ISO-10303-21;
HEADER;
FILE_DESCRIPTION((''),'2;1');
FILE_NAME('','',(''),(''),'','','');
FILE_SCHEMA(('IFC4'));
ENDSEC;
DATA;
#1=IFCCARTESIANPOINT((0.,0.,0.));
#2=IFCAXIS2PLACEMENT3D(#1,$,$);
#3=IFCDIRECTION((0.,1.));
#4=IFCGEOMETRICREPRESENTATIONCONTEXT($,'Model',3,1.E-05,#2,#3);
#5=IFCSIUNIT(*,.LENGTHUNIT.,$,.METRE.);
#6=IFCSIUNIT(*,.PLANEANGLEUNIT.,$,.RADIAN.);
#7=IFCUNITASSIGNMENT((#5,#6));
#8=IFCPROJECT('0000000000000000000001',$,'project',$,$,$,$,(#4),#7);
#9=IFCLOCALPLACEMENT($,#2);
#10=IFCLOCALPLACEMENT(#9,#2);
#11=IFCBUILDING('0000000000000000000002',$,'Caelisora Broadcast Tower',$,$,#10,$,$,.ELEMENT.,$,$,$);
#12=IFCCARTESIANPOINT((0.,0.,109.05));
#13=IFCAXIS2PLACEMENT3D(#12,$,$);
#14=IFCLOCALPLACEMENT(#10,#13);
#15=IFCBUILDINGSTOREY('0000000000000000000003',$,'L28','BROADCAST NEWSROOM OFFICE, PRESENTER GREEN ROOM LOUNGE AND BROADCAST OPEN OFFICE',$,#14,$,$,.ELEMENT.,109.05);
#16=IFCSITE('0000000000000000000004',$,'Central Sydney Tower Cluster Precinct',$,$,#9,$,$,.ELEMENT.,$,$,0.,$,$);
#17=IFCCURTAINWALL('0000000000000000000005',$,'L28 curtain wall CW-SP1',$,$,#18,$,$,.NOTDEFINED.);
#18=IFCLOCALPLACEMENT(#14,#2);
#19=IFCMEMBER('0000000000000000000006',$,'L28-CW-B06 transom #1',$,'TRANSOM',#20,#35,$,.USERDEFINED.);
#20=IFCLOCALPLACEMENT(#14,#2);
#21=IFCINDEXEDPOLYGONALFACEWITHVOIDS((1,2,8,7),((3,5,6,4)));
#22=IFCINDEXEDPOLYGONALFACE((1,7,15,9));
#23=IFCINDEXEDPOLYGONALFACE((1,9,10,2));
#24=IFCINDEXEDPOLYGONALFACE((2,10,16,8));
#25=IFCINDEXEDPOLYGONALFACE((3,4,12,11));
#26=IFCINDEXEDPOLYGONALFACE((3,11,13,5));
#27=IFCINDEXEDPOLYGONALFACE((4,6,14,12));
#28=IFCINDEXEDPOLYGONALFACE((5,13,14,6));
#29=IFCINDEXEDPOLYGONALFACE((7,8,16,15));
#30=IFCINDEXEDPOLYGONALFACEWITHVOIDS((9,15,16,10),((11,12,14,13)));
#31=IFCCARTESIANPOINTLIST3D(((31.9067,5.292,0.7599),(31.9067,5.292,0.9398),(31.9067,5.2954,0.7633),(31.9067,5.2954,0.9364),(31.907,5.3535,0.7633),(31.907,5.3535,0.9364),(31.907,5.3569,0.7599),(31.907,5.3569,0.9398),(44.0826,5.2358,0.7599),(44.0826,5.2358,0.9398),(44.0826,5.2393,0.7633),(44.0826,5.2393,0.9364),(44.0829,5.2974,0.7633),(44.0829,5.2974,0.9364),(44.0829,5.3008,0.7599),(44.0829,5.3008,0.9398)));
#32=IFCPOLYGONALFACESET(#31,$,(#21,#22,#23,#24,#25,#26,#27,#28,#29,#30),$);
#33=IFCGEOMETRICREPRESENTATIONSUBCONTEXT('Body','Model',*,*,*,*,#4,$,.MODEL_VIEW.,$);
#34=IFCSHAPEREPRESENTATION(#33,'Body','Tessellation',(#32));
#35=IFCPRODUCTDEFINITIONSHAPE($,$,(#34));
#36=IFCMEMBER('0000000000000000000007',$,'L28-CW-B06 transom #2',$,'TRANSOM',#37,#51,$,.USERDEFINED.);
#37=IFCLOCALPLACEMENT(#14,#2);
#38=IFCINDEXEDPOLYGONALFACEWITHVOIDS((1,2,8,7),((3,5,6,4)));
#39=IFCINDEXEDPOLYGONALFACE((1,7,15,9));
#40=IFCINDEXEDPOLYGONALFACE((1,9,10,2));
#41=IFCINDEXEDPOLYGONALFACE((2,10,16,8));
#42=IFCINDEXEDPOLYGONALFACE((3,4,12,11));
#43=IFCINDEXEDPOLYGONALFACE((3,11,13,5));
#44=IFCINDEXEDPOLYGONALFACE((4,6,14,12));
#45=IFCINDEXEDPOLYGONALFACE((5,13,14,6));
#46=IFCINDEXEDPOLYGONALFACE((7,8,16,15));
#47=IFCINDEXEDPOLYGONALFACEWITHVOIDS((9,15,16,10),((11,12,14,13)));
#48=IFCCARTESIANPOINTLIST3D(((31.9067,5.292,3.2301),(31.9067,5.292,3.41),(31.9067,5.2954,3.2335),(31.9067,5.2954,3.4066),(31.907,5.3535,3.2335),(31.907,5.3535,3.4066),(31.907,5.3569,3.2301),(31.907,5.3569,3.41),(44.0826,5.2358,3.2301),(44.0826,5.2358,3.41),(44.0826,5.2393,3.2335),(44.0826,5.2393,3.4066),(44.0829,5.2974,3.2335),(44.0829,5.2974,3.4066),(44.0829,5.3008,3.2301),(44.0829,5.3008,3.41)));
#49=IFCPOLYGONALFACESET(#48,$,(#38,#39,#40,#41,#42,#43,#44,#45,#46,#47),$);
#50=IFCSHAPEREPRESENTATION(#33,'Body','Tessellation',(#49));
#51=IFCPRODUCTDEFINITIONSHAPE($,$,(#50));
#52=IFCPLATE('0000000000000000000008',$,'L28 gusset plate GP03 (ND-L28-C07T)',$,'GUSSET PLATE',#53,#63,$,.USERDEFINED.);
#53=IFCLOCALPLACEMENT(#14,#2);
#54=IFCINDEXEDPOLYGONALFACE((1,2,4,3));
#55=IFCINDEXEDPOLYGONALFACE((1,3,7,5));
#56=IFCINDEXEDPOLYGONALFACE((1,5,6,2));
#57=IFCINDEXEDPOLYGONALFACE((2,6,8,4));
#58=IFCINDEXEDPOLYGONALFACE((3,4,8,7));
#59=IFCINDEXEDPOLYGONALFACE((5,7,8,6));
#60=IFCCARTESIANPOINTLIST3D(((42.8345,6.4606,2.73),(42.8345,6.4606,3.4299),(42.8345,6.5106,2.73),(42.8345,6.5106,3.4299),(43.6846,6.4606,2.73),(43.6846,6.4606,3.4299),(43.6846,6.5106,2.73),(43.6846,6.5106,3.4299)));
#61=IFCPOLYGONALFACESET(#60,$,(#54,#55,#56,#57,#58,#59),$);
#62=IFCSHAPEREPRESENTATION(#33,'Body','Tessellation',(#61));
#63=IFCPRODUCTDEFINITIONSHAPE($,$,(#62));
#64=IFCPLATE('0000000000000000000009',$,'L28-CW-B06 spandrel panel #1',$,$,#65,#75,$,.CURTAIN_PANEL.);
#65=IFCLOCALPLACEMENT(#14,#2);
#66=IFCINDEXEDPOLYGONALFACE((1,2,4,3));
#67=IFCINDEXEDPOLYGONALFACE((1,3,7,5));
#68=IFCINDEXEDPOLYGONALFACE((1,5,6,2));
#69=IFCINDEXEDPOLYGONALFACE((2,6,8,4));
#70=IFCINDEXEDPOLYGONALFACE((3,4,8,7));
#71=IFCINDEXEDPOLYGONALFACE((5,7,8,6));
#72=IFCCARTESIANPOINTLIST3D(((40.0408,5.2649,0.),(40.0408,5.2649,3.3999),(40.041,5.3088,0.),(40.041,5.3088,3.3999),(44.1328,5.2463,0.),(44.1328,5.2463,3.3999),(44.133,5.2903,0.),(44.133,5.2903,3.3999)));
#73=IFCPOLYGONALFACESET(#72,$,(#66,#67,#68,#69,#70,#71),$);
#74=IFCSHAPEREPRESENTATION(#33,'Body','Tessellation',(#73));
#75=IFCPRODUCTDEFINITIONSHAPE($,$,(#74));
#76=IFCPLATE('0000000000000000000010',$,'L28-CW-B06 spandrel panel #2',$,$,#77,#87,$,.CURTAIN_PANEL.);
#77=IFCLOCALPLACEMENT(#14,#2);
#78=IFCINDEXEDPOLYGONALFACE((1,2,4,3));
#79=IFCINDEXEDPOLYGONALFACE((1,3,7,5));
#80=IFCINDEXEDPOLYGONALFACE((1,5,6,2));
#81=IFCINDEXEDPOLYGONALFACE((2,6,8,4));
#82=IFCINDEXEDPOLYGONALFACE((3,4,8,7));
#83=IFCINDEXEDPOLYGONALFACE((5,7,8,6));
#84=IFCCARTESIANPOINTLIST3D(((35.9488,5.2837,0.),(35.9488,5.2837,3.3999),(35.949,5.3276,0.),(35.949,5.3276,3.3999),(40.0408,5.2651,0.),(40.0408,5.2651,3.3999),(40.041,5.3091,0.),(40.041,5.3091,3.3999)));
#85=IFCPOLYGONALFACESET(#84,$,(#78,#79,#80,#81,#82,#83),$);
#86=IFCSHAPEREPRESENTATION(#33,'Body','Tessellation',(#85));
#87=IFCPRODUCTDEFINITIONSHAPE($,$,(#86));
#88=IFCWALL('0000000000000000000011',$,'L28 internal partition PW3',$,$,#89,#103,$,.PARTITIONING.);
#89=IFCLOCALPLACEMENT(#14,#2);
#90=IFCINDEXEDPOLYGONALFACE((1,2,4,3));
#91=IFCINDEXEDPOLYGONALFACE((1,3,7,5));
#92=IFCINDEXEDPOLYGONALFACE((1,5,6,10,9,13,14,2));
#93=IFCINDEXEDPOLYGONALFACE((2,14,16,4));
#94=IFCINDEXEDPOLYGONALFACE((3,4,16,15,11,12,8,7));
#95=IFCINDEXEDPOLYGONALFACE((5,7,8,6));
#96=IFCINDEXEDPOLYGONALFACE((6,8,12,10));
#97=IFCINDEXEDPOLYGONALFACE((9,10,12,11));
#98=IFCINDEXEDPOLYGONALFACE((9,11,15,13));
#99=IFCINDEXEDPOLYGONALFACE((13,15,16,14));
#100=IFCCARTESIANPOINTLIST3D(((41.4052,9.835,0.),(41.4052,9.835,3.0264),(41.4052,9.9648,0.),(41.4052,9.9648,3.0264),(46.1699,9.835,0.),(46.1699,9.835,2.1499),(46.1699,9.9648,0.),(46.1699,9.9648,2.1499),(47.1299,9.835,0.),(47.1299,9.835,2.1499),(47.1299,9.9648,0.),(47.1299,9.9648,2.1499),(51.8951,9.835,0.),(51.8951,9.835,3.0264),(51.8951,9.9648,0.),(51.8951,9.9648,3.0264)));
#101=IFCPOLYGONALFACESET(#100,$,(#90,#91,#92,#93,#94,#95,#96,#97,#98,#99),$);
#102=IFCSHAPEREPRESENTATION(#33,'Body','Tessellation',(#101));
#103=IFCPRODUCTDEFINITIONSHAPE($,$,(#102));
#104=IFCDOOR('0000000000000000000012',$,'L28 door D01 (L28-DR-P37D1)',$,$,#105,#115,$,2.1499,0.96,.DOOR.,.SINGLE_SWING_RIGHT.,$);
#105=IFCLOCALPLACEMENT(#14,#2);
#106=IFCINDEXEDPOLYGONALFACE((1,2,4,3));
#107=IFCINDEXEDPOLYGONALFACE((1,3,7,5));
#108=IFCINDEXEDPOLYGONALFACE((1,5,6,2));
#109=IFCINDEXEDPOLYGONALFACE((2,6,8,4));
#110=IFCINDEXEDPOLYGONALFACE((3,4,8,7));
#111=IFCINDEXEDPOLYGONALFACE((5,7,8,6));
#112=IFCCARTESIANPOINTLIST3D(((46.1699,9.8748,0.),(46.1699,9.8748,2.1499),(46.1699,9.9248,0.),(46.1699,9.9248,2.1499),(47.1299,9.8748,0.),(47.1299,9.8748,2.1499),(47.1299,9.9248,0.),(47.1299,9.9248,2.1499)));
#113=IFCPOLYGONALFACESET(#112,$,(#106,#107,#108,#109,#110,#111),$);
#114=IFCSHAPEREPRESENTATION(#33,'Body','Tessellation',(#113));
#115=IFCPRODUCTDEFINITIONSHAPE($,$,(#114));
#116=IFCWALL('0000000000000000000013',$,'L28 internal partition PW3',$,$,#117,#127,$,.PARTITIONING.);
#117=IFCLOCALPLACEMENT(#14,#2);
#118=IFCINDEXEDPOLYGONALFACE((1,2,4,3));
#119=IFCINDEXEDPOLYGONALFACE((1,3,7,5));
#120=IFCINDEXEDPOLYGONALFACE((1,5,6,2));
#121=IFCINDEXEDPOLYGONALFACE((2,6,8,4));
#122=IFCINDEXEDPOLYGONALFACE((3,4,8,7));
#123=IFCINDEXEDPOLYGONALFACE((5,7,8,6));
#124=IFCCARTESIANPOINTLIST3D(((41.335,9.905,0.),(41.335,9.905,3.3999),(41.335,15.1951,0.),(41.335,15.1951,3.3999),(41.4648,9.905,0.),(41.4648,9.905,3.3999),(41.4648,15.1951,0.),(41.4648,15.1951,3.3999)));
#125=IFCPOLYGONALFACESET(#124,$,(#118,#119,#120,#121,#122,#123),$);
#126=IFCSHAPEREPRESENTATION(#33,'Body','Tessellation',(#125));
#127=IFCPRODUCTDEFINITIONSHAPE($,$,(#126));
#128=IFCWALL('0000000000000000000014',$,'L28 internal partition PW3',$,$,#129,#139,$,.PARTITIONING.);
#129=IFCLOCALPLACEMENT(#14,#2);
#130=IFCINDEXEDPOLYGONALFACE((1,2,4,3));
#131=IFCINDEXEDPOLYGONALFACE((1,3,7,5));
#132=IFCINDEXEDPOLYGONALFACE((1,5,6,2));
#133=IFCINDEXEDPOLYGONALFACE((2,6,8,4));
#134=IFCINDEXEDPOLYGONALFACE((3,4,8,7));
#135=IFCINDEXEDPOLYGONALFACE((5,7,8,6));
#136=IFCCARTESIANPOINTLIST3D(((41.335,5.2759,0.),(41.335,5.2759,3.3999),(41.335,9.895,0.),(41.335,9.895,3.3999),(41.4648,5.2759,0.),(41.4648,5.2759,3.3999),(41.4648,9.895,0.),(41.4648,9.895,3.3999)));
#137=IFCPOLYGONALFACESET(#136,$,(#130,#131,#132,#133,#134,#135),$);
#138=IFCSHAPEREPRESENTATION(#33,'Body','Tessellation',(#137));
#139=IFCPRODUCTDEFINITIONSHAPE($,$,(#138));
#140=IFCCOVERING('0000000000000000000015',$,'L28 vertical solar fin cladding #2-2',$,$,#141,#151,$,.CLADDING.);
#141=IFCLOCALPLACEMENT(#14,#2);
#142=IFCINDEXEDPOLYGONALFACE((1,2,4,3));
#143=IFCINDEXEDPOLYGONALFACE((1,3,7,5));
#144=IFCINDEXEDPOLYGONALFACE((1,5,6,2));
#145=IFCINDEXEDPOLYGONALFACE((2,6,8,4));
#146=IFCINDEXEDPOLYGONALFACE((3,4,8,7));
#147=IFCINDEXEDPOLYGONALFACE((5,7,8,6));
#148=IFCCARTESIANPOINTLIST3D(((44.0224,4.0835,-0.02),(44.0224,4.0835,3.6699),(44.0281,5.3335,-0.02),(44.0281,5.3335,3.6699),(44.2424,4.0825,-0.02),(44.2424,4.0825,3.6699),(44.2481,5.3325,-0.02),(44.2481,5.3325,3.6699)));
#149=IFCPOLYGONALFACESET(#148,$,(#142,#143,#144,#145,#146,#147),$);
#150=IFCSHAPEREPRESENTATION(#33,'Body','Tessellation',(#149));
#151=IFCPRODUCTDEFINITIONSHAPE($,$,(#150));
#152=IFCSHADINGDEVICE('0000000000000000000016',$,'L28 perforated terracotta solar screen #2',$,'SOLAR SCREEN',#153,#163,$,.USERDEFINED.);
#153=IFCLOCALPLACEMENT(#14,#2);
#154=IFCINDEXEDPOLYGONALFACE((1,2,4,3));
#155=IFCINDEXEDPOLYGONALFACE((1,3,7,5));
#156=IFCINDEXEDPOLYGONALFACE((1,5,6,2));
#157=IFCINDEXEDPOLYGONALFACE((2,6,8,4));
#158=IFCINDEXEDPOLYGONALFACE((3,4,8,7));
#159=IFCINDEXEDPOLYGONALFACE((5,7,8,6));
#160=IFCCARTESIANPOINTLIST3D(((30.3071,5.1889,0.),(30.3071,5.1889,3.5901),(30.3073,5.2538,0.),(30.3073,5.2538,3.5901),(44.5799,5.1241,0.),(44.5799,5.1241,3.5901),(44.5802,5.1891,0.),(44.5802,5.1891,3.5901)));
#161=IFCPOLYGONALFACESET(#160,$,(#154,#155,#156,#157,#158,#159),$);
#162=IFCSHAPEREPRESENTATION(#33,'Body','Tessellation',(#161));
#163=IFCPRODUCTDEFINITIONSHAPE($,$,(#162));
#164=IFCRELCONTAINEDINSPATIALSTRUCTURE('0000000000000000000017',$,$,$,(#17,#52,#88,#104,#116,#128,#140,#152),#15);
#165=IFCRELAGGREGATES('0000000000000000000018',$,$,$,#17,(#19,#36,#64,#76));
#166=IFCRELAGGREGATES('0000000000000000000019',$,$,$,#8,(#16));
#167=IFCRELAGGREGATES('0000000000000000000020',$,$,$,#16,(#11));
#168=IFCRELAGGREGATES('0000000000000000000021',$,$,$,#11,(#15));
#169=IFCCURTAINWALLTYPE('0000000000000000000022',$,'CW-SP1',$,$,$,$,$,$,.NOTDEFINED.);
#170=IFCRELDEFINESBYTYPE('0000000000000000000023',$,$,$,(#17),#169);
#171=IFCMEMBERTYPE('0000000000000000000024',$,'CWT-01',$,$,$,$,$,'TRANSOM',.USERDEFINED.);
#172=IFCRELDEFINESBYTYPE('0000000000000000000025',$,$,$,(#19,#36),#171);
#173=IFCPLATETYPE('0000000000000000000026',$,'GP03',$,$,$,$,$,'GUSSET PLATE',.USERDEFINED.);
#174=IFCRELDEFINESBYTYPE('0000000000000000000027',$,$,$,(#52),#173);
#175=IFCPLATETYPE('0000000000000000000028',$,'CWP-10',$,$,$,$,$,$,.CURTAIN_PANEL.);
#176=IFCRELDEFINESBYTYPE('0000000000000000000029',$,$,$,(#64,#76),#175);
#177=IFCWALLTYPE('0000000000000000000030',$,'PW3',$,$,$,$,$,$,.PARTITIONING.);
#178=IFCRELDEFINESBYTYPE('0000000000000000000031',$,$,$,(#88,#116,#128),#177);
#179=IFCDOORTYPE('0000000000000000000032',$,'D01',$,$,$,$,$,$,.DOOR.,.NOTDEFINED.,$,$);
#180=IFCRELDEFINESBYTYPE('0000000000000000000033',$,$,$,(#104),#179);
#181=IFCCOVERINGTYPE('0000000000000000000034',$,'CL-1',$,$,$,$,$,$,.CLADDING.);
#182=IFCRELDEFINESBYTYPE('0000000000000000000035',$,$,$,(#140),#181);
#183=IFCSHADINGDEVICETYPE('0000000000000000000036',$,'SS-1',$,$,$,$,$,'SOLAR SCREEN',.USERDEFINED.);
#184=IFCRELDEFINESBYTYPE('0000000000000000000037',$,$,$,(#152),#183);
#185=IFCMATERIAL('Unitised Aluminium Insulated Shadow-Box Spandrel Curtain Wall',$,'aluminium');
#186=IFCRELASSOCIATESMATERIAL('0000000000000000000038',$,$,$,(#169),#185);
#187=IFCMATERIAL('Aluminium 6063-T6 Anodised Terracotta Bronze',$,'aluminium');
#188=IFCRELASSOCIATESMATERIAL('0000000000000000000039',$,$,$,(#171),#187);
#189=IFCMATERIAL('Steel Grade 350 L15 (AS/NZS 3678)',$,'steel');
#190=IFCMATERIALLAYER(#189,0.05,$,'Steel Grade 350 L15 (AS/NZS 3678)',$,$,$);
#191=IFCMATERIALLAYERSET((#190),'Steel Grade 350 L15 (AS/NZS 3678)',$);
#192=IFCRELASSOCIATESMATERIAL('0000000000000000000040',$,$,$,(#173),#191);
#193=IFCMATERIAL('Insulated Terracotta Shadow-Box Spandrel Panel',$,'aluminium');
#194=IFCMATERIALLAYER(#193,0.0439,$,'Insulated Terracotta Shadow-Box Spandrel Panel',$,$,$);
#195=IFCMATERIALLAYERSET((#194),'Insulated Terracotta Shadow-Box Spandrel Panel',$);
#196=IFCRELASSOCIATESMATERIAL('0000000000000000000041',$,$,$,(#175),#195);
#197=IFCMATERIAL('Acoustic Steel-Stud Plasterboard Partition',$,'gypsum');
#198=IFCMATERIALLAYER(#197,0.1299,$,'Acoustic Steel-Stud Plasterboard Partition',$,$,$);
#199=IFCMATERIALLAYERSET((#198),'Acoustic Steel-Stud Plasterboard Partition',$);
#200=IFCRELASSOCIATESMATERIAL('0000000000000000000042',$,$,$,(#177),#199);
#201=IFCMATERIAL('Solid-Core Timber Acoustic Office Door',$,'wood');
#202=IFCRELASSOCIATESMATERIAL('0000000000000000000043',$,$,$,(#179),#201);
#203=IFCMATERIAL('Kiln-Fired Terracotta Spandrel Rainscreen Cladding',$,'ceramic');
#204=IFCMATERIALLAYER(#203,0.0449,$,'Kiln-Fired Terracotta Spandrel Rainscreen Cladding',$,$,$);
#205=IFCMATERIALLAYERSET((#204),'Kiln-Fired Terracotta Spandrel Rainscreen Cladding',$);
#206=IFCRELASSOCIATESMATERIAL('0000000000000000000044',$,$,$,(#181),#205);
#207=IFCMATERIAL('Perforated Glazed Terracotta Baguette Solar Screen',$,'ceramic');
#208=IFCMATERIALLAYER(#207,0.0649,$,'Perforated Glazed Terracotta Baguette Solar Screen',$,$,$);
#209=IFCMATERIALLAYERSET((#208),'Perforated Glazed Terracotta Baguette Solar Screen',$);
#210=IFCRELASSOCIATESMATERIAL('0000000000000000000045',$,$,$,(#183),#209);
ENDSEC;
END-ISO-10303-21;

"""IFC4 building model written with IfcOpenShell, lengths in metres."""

from ifc_helpers import new_model, si_unit, direction, frame, frame_2d, origin, origin_2d, place, context, subcontext, project, spatial, rectangle, hollow_rectangle, extrude, source, transform, mapped, material, layer, layer_set, material_profile, profile_set, type_object, type_shapes, element, fill, aggregate, save


model = new_model("IFC4")

# Units and contexts
model_context = context("Model", 3, precision=1e-05, world=origin(), true_north=direction((0.0, 1.0)))
body_context = subcontext(model_context, "Body", "Model", "MODEL_VIEW")
ifc_project = project(units=[si_unit("LENGTHUNIT", "METRE"), si_unit("PLANEANGLEUNIT", "RADIAN")], contexts=[model_context])

# Site, building, storey
site_placement = place(None, origin())
site = spatial("IfcSite", under=ifc_project, at=site_placement, Name="Central Sydney Tower Cluster Precinct", CompositionType="ELEMENT", RefElevation=0.0)
building_placement = place(site_placement, origin())
building = spatial("IfcBuilding", under=site, at=building_placement, Name="Caelisora Broadcast Tower", CompositionType="ELEMENT")
storey_placement = place(building_placement, frame((0.0, 0.0, 109.05)))
storey = spatial("IfcBuildingStorey", under=building, at=storey_placement, Name="L28", Description="BROADCAST NEWSROOM OFFICE, PRESENTER GREEN ROOM LOUNGE AND BROADCAST OPEN OFFICE", CompositionType="ELEMENT", Elevation=109.05)

# Shared definitions
ifc_material_1 = material(Name="Steel Grade 350 L15 (AS/NZS 3678)", Category="steel")

# Shared definitions
ifc_material_2 = material(Name="Aluminium 6063-T6 Anodised Terracotta Bronze", Category="aluminium")

# Curtain wall, members
ifc_material_3 = material(Name="Unitised Aluminium Insulated Shadow-Box Spandrel Curtain Wall", Category="aluminium")
curtain_wall_type_1 = type_object("IfcCurtainWallType", Name="CW-SP1", PredefinedType="NOTDEFINED", material=ifc_material_3)
curtain_wall_1_placement = place(storey_placement, origin())
curtain_wall_1 = element("IfcCurtainWall", 1, at=curtain_wall_1_placement, inside=storey, type_object=curtain_wall_type_1, Name="L28 curtain wall CW-SP1", PredefinedType="NOTDEFINED")
ifc_material_profile_1 = material_profile(ifc_material_2, hollow_rectangle(XDim=0.0649, YDim=0.1799, WallThickness=0.0034, at=origin_2d()), Name="Aluminium 6063-T6 Anodised Terracotta Bronze")
ifc_profile_set_1 = profile_set([ifc_material_profile_1], Name="Aluminium 6063-T6 Anodised Terracotta Bronze")
member_type_1 = type_object("IfcMemberType", Name="CWT-01", ElementType="TRANSOM", PredefinedType="USERDEFINED", material=ifc_profile_set_1)
shared_shape_1 = source(origin(), body_context, "Body", "SweptSolid", [
    extrude(hollow_rectangle(XDim=0.0649, YDim=0.1799, WallThickness=0.0034, at=origin_2d()), origin(), (0.0, 0.0, 1.0), 12.176),
])
type_shapes(member_type_1, [shared_shape_1])
member_1_placement = place(storey_placement, frame((44.0828, 5.2683, 0.8499), z_axis=(-0.999989, 0.004612, 0.0), x_axis=(-0.004612, -0.999989, 0.0)))
member_1 = element("IfcMember", 2, at=member_1_placement, type_object=member_type_1, Name="L28-CW-B06 transom #1", ObjectType="TRANSOM", PredefinedType="USERDEFINED", context=body_context, shape_type="MappedRepresentation", body=[
    mapped(shared_shape_1, transform((0.0, 0.0, 0.0), scale=1.0)),
])
member_2_placement = place(storey_placement, frame((44.0828, 5.2683, 3.3201), z_axis=(-0.999989, 0.004612, 0.0), x_axis=(-0.004612, -0.999989, 0.0)))
member_2 = element("IfcMember", 3, at=member_2_placement, type_object=member_type_1, Name="L28-CW-B06 transom #2", ObjectType="TRANSOM", PredefinedType="USERDEFINED", context=body_context, shape_type="MappedRepresentation", body=[
    mapped(shared_shape_1, transform((0.0, 0.0, 0.0), scale=1.0)),
])

# Plates
ifc_layer_1 = layer(ifc_material_1, 0.05, Name="Steel Grade 350 L15 (AS/NZS 3678)")
ifc_layer_set_1 = layer_set([ifc_layer_1], Name="Steel Grade 350 L15 (AS/NZS 3678)")
plate_type_1 = type_object("IfcPlateType", Name="GP03", ElementType="GUSSET PLATE", PredefinedType="USERDEFINED", material=ifc_layer_set_1)
shared_shape_2 = source(origin(), body_context, "Body", "SweptSolid", [
    extrude(rectangle(XDim=0.8501, YDim=0.05, at=origin_2d()), origin(), (0.0, 0.0, 1.0), 0.7),
])
type_shapes(plate_type_1, [shared_shape_2])
plate_1_placement = place(storey_placement, frame((43.2595, 6.4856, 2.73), z_axis=(0.0, 0.0, 1.0), x_axis=(1.0, 0.0, 0.0)))
element("IfcPlate", 4, at=plate_1_placement, inside=storey, type_object=plate_type_1, Name="L28 gusset plate GP03 (ND-L28-C07T)", ObjectType="GUSSET PLATE", PredefinedType="USERDEFINED", context=body_context, shape_type="MappedRepresentation", body=[
    mapped(shared_shape_2, transform((0.0, 0.0, 0.0), scale=1.0)),
])
ifc_material_4 = material(Name="Insulated Terracotta Shadow-Box Spandrel Panel", Category="aluminium")
ifc_layer_2 = layer(ifc_material_4, 0.0439, Name="Insulated Terracotta Shadow-Box Spandrel Panel")
ifc_layer_set_2 = layer_set([ifc_layer_2], Name="Insulated Terracotta Shadow-Box Spandrel Panel")
plate_type_2 = type_object("IfcPlateType", Name="CWP-10", PredefinedType="CURTAIN_PANEL", material=ifc_layer_set_2)
shared_shape_3 = source(origin(), body_context, "Body", "SweptSolid", [
    extrude(rectangle(XDim=4.092, YDim=0.0439, at=origin_2d()), origin(), (0.0, 0.0, 1.0), 3.3999),
])
type_shapes(plate_type_2, [shared_shape_3])
plate_2_placement = place(storey_placement, frame((42.0869, 5.2776, 0.0), z_axis=(0.0, 0.0, 1.0), x_axis=(-0.99999, 0.004538, 0.0)))
plate_2 = element("IfcPlate", 5, at=plate_2_placement, type_object=plate_type_2, Name="L28-CW-B06 spandrel panel #1", PredefinedType="CURTAIN_PANEL", context=body_context, shape_type="MappedRepresentation", body=[
    mapped(shared_shape_3, transform((0.0, 0.0, 0.0), scale=1.0)),
])
plate_3_placement = place(storey_placement, frame((37.9949, 5.2964, 0.0), z_axis=(0.0, 0.0, 1.0), x_axis=(-0.99999, 0.004538, 0.0)))
plate_3 = element("IfcPlate", 6, at=plate_3_placement, type_object=plate_type_2, Name="L28-CW-B06 spandrel panel #2", PredefinedType="CURTAIN_PANEL", context=body_context, shape_type="MappedRepresentation", body=[
    mapped(shared_shape_3, transform((0.0, 0.0, 0.0), scale=1.0)),
])
aggregate(curtain_wall_1, [member_1, member_2, plate_2, plate_3])

# Wall, opening, door
ifc_material_5 = material(Name="Acoustic Steel-Stud Plasterboard Partition", Category="gypsum")
ifc_layer_3 = layer(ifc_material_5, 0.1299, Name="Acoustic Steel-Stud Plasterboard Partition")
ifc_layer_set_3 = layer_set([ifc_layer_3], Name="Acoustic Steel-Stud Plasterboard Partition")
wall_type = type_object("IfcWallType", Name="PW3", PredefinedType="PARTITIONING", material=ifc_layer_set_3)
wall_1_placement = place(storey_placement, frame((41.405, 9.8999, 0.0), z_axis=(0.0, 0.0, 1.0), x_axis=(1.0, 0.0, 0.0)))
wall_1 = element("IfcWall", 7, at=wall_1_placement, inside=storey, type_object=wall_type, Name="L28 internal partition PW3", PredefinedType="PARTITIONING", context=body_context, shape_type="SweptSolid", body=[
    extrude(rectangle(XDim=10.49, YDim=0.1299, at=frame_2d((5.2451, 0.0))), origin(), (0.0, 0.0, 1.0), 3.0264),
])
opening_placement = place(wall_1_placement, frame((4.7649, 0.0, 0.0)))
opening = element("IfcOpeningElement", 8, at=opening_placement, cuts=wall_1, PredefinedType="OPENING", context=body_context, shape_type="SweptSolid", body=[
    extrude(rectangle(XDim=0.96, YDim=2.1499, at=frame_2d((0.48, 1.075))), frame((0.0, 0.0769, 0.0), z_axis=(0.0, -1.0, 0.0), x_axis=(1.0, 0.0, 0.0)), (0.0, 0.0, 1.0), 0.1538),
])
ifc_material_6 = material(Name="Solid-Core Timber Acoustic Office Door", Category="wood")
door_type = type_object("IfcDoorType", Name="D01", OperationType="NOTDEFINED", PredefinedType="DOOR", material=ifc_material_6)
door_placement = place(opening_placement, origin())
door = element("IfcDoor", 9, at=door_placement, inside=storey, type_object=door_type, Name="L28 door D01 (L28-DR-P37D1)", OperationType="SINGLE_SWING_RIGHT", OverallHeight=2.1499, OverallWidth=0.96, PredefinedType="DOOR", context=body_context, shape_type="SweptSolid", body=[
    extrude(rectangle(XDim=0.96, YDim=2.1499, at=frame_2d((0.48, 1.075))), frame((0.0, 0.0249, 0.0), z_axis=(0.0, -1.0, 0.0), x_axis=(1.0, 0.0, 0.0)), (0.0, 0.0, 1.0), 0.05),
])
fill(opening, door)

# Walls
wall_2_placement = place(storey_placement, frame((41.3999, 9.905, 0.0), z_axis=(0.0, 0.0, 1.0), x_axis=(0.0, 1.0, 0.0)))
element("IfcWall", 10, at=wall_2_placement, inside=storey, type_object=wall_type, Name="L28 internal partition PW3", PredefinedType="PARTITIONING", context=body_context, shape_type="SweptSolid", body=[
    extrude(rectangle(XDim=5.29, YDim=0.1299, at=frame_2d((2.645, 0.0))), origin(), (0.0, 0.0, 1.0), 3.3999),
])
wall_3_placement = place(storey_placement, frame((41.3999, 5.2759, 0.0), z_axis=(0.0, 0.0, 1.0), x_axis=(0.0, 1.0, 0.0)))
element("IfcWall", 11, at=wall_3_placement, inside=storey, type_object=wall_type, Name="L28 internal partition PW3", PredefinedType="PARTITIONING", context=body_context, shape_type="SweptSolid", body=[
    extrude(rectangle(XDim=4.6191, YDim=0.1299, at=frame_2d((2.3096, 0.0))), origin(), (0.0, 0.0, 1.0), 3.3999),
])

# Covering
ifc_material_7 = material(Name="Kiln-Fired Terracotta Spandrel Rainscreen Cladding", Category="ceramic")
ifc_layer_4 = layer(ifc_material_7, 0.0449, Name="Kiln-Fired Terracotta Spandrel Rainscreen Cladding")
ifc_layer_set_4 = layer_set([ifc_layer_4], Name="Kiln-Fired Terracotta Spandrel Rainscreen Cladding")
covering_type = type_object("IfcCoveringType", Name="CL-1", PredefinedType="CLADDING", material=ifc_layer_set_4)
shared_shape_4 = source(origin(), body_context, "Body", "SweptSolid", [
    extrude(rectangle(XDim=0.22, YDim=1.25, at=origin_2d()), origin(), (0.0, 0.0, 1.0), 3.6899),
])
covering_1_placement = place(storey_placement, frame((44.1353, 4.708, -0.02), z_axis=(0.0, 0.0, 1.0), x_axis=(-0.99999, 0.004538, 0.0)))
element("IfcCovering", 12, at=covering_1_placement, inside=storey, type_object=covering_type, Name="L28 vertical solar fin cladding #2-2", PredefinedType="CLADDING", context=body_context, shape_type="MappedRepresentation", body=[
    mapped(shared_shape_4, transform((0.0, 0.0, 0.0), scale=1.0)),
])

# Shading device
ifc_material_8 = material(Name="Perforated Glazed Terracotta Baguette Solar Screen", Category="ceramic")
ifc_layer_5 = layer(ifc_material_8, 0.0649, Name="Perforated Glazed Terracotta Baguette Solar Screen")
ifc_layer_set_5 = layer_set([ifc_layer_5], Name="Perforated Glazed Terracotta Baguette Solar Screen")
shading_device_type = type_object("IfcShadingDeviceType", Name="SS-1", ElementType="SOLAR SCREEN", PredefinedType="USERDEFINED", material=ifc_layer_set_5)
shared_shape_5 = source(origin(), body_context, "Body", "SweptSolid", [
    extrude(rectangle(XDim=14.2729, YDim=0.0649, at=origin_2d()), origin(), (0.0, 0.0, 1.0), 3.5901),
])
type_shapes(shading_device_type, [shared_shape_5])
shading_device_placement = place(storey_placement, frame((37.4436, 5.189, 0.0), z_axis=(0.0, 0.0, 1.0), x_axis=(0.99999, -0.004538, 0.0)))
element("IfcShadingDevice", 13, at=shading_device_placement, inside=storey, type_object=shading_device_type, Name="L28 perforated terracotta solar screen #2", ObjectType="SOLAR SCREEN", PredefinedType="USERDEFINED", context=body_context, shape_type="MappedRepresentation", body=[
    mapped(shared_shape_5, transform((0.0, 0.0, 0.0), scale=1.0)),
])

save(model, "model.ifc")
